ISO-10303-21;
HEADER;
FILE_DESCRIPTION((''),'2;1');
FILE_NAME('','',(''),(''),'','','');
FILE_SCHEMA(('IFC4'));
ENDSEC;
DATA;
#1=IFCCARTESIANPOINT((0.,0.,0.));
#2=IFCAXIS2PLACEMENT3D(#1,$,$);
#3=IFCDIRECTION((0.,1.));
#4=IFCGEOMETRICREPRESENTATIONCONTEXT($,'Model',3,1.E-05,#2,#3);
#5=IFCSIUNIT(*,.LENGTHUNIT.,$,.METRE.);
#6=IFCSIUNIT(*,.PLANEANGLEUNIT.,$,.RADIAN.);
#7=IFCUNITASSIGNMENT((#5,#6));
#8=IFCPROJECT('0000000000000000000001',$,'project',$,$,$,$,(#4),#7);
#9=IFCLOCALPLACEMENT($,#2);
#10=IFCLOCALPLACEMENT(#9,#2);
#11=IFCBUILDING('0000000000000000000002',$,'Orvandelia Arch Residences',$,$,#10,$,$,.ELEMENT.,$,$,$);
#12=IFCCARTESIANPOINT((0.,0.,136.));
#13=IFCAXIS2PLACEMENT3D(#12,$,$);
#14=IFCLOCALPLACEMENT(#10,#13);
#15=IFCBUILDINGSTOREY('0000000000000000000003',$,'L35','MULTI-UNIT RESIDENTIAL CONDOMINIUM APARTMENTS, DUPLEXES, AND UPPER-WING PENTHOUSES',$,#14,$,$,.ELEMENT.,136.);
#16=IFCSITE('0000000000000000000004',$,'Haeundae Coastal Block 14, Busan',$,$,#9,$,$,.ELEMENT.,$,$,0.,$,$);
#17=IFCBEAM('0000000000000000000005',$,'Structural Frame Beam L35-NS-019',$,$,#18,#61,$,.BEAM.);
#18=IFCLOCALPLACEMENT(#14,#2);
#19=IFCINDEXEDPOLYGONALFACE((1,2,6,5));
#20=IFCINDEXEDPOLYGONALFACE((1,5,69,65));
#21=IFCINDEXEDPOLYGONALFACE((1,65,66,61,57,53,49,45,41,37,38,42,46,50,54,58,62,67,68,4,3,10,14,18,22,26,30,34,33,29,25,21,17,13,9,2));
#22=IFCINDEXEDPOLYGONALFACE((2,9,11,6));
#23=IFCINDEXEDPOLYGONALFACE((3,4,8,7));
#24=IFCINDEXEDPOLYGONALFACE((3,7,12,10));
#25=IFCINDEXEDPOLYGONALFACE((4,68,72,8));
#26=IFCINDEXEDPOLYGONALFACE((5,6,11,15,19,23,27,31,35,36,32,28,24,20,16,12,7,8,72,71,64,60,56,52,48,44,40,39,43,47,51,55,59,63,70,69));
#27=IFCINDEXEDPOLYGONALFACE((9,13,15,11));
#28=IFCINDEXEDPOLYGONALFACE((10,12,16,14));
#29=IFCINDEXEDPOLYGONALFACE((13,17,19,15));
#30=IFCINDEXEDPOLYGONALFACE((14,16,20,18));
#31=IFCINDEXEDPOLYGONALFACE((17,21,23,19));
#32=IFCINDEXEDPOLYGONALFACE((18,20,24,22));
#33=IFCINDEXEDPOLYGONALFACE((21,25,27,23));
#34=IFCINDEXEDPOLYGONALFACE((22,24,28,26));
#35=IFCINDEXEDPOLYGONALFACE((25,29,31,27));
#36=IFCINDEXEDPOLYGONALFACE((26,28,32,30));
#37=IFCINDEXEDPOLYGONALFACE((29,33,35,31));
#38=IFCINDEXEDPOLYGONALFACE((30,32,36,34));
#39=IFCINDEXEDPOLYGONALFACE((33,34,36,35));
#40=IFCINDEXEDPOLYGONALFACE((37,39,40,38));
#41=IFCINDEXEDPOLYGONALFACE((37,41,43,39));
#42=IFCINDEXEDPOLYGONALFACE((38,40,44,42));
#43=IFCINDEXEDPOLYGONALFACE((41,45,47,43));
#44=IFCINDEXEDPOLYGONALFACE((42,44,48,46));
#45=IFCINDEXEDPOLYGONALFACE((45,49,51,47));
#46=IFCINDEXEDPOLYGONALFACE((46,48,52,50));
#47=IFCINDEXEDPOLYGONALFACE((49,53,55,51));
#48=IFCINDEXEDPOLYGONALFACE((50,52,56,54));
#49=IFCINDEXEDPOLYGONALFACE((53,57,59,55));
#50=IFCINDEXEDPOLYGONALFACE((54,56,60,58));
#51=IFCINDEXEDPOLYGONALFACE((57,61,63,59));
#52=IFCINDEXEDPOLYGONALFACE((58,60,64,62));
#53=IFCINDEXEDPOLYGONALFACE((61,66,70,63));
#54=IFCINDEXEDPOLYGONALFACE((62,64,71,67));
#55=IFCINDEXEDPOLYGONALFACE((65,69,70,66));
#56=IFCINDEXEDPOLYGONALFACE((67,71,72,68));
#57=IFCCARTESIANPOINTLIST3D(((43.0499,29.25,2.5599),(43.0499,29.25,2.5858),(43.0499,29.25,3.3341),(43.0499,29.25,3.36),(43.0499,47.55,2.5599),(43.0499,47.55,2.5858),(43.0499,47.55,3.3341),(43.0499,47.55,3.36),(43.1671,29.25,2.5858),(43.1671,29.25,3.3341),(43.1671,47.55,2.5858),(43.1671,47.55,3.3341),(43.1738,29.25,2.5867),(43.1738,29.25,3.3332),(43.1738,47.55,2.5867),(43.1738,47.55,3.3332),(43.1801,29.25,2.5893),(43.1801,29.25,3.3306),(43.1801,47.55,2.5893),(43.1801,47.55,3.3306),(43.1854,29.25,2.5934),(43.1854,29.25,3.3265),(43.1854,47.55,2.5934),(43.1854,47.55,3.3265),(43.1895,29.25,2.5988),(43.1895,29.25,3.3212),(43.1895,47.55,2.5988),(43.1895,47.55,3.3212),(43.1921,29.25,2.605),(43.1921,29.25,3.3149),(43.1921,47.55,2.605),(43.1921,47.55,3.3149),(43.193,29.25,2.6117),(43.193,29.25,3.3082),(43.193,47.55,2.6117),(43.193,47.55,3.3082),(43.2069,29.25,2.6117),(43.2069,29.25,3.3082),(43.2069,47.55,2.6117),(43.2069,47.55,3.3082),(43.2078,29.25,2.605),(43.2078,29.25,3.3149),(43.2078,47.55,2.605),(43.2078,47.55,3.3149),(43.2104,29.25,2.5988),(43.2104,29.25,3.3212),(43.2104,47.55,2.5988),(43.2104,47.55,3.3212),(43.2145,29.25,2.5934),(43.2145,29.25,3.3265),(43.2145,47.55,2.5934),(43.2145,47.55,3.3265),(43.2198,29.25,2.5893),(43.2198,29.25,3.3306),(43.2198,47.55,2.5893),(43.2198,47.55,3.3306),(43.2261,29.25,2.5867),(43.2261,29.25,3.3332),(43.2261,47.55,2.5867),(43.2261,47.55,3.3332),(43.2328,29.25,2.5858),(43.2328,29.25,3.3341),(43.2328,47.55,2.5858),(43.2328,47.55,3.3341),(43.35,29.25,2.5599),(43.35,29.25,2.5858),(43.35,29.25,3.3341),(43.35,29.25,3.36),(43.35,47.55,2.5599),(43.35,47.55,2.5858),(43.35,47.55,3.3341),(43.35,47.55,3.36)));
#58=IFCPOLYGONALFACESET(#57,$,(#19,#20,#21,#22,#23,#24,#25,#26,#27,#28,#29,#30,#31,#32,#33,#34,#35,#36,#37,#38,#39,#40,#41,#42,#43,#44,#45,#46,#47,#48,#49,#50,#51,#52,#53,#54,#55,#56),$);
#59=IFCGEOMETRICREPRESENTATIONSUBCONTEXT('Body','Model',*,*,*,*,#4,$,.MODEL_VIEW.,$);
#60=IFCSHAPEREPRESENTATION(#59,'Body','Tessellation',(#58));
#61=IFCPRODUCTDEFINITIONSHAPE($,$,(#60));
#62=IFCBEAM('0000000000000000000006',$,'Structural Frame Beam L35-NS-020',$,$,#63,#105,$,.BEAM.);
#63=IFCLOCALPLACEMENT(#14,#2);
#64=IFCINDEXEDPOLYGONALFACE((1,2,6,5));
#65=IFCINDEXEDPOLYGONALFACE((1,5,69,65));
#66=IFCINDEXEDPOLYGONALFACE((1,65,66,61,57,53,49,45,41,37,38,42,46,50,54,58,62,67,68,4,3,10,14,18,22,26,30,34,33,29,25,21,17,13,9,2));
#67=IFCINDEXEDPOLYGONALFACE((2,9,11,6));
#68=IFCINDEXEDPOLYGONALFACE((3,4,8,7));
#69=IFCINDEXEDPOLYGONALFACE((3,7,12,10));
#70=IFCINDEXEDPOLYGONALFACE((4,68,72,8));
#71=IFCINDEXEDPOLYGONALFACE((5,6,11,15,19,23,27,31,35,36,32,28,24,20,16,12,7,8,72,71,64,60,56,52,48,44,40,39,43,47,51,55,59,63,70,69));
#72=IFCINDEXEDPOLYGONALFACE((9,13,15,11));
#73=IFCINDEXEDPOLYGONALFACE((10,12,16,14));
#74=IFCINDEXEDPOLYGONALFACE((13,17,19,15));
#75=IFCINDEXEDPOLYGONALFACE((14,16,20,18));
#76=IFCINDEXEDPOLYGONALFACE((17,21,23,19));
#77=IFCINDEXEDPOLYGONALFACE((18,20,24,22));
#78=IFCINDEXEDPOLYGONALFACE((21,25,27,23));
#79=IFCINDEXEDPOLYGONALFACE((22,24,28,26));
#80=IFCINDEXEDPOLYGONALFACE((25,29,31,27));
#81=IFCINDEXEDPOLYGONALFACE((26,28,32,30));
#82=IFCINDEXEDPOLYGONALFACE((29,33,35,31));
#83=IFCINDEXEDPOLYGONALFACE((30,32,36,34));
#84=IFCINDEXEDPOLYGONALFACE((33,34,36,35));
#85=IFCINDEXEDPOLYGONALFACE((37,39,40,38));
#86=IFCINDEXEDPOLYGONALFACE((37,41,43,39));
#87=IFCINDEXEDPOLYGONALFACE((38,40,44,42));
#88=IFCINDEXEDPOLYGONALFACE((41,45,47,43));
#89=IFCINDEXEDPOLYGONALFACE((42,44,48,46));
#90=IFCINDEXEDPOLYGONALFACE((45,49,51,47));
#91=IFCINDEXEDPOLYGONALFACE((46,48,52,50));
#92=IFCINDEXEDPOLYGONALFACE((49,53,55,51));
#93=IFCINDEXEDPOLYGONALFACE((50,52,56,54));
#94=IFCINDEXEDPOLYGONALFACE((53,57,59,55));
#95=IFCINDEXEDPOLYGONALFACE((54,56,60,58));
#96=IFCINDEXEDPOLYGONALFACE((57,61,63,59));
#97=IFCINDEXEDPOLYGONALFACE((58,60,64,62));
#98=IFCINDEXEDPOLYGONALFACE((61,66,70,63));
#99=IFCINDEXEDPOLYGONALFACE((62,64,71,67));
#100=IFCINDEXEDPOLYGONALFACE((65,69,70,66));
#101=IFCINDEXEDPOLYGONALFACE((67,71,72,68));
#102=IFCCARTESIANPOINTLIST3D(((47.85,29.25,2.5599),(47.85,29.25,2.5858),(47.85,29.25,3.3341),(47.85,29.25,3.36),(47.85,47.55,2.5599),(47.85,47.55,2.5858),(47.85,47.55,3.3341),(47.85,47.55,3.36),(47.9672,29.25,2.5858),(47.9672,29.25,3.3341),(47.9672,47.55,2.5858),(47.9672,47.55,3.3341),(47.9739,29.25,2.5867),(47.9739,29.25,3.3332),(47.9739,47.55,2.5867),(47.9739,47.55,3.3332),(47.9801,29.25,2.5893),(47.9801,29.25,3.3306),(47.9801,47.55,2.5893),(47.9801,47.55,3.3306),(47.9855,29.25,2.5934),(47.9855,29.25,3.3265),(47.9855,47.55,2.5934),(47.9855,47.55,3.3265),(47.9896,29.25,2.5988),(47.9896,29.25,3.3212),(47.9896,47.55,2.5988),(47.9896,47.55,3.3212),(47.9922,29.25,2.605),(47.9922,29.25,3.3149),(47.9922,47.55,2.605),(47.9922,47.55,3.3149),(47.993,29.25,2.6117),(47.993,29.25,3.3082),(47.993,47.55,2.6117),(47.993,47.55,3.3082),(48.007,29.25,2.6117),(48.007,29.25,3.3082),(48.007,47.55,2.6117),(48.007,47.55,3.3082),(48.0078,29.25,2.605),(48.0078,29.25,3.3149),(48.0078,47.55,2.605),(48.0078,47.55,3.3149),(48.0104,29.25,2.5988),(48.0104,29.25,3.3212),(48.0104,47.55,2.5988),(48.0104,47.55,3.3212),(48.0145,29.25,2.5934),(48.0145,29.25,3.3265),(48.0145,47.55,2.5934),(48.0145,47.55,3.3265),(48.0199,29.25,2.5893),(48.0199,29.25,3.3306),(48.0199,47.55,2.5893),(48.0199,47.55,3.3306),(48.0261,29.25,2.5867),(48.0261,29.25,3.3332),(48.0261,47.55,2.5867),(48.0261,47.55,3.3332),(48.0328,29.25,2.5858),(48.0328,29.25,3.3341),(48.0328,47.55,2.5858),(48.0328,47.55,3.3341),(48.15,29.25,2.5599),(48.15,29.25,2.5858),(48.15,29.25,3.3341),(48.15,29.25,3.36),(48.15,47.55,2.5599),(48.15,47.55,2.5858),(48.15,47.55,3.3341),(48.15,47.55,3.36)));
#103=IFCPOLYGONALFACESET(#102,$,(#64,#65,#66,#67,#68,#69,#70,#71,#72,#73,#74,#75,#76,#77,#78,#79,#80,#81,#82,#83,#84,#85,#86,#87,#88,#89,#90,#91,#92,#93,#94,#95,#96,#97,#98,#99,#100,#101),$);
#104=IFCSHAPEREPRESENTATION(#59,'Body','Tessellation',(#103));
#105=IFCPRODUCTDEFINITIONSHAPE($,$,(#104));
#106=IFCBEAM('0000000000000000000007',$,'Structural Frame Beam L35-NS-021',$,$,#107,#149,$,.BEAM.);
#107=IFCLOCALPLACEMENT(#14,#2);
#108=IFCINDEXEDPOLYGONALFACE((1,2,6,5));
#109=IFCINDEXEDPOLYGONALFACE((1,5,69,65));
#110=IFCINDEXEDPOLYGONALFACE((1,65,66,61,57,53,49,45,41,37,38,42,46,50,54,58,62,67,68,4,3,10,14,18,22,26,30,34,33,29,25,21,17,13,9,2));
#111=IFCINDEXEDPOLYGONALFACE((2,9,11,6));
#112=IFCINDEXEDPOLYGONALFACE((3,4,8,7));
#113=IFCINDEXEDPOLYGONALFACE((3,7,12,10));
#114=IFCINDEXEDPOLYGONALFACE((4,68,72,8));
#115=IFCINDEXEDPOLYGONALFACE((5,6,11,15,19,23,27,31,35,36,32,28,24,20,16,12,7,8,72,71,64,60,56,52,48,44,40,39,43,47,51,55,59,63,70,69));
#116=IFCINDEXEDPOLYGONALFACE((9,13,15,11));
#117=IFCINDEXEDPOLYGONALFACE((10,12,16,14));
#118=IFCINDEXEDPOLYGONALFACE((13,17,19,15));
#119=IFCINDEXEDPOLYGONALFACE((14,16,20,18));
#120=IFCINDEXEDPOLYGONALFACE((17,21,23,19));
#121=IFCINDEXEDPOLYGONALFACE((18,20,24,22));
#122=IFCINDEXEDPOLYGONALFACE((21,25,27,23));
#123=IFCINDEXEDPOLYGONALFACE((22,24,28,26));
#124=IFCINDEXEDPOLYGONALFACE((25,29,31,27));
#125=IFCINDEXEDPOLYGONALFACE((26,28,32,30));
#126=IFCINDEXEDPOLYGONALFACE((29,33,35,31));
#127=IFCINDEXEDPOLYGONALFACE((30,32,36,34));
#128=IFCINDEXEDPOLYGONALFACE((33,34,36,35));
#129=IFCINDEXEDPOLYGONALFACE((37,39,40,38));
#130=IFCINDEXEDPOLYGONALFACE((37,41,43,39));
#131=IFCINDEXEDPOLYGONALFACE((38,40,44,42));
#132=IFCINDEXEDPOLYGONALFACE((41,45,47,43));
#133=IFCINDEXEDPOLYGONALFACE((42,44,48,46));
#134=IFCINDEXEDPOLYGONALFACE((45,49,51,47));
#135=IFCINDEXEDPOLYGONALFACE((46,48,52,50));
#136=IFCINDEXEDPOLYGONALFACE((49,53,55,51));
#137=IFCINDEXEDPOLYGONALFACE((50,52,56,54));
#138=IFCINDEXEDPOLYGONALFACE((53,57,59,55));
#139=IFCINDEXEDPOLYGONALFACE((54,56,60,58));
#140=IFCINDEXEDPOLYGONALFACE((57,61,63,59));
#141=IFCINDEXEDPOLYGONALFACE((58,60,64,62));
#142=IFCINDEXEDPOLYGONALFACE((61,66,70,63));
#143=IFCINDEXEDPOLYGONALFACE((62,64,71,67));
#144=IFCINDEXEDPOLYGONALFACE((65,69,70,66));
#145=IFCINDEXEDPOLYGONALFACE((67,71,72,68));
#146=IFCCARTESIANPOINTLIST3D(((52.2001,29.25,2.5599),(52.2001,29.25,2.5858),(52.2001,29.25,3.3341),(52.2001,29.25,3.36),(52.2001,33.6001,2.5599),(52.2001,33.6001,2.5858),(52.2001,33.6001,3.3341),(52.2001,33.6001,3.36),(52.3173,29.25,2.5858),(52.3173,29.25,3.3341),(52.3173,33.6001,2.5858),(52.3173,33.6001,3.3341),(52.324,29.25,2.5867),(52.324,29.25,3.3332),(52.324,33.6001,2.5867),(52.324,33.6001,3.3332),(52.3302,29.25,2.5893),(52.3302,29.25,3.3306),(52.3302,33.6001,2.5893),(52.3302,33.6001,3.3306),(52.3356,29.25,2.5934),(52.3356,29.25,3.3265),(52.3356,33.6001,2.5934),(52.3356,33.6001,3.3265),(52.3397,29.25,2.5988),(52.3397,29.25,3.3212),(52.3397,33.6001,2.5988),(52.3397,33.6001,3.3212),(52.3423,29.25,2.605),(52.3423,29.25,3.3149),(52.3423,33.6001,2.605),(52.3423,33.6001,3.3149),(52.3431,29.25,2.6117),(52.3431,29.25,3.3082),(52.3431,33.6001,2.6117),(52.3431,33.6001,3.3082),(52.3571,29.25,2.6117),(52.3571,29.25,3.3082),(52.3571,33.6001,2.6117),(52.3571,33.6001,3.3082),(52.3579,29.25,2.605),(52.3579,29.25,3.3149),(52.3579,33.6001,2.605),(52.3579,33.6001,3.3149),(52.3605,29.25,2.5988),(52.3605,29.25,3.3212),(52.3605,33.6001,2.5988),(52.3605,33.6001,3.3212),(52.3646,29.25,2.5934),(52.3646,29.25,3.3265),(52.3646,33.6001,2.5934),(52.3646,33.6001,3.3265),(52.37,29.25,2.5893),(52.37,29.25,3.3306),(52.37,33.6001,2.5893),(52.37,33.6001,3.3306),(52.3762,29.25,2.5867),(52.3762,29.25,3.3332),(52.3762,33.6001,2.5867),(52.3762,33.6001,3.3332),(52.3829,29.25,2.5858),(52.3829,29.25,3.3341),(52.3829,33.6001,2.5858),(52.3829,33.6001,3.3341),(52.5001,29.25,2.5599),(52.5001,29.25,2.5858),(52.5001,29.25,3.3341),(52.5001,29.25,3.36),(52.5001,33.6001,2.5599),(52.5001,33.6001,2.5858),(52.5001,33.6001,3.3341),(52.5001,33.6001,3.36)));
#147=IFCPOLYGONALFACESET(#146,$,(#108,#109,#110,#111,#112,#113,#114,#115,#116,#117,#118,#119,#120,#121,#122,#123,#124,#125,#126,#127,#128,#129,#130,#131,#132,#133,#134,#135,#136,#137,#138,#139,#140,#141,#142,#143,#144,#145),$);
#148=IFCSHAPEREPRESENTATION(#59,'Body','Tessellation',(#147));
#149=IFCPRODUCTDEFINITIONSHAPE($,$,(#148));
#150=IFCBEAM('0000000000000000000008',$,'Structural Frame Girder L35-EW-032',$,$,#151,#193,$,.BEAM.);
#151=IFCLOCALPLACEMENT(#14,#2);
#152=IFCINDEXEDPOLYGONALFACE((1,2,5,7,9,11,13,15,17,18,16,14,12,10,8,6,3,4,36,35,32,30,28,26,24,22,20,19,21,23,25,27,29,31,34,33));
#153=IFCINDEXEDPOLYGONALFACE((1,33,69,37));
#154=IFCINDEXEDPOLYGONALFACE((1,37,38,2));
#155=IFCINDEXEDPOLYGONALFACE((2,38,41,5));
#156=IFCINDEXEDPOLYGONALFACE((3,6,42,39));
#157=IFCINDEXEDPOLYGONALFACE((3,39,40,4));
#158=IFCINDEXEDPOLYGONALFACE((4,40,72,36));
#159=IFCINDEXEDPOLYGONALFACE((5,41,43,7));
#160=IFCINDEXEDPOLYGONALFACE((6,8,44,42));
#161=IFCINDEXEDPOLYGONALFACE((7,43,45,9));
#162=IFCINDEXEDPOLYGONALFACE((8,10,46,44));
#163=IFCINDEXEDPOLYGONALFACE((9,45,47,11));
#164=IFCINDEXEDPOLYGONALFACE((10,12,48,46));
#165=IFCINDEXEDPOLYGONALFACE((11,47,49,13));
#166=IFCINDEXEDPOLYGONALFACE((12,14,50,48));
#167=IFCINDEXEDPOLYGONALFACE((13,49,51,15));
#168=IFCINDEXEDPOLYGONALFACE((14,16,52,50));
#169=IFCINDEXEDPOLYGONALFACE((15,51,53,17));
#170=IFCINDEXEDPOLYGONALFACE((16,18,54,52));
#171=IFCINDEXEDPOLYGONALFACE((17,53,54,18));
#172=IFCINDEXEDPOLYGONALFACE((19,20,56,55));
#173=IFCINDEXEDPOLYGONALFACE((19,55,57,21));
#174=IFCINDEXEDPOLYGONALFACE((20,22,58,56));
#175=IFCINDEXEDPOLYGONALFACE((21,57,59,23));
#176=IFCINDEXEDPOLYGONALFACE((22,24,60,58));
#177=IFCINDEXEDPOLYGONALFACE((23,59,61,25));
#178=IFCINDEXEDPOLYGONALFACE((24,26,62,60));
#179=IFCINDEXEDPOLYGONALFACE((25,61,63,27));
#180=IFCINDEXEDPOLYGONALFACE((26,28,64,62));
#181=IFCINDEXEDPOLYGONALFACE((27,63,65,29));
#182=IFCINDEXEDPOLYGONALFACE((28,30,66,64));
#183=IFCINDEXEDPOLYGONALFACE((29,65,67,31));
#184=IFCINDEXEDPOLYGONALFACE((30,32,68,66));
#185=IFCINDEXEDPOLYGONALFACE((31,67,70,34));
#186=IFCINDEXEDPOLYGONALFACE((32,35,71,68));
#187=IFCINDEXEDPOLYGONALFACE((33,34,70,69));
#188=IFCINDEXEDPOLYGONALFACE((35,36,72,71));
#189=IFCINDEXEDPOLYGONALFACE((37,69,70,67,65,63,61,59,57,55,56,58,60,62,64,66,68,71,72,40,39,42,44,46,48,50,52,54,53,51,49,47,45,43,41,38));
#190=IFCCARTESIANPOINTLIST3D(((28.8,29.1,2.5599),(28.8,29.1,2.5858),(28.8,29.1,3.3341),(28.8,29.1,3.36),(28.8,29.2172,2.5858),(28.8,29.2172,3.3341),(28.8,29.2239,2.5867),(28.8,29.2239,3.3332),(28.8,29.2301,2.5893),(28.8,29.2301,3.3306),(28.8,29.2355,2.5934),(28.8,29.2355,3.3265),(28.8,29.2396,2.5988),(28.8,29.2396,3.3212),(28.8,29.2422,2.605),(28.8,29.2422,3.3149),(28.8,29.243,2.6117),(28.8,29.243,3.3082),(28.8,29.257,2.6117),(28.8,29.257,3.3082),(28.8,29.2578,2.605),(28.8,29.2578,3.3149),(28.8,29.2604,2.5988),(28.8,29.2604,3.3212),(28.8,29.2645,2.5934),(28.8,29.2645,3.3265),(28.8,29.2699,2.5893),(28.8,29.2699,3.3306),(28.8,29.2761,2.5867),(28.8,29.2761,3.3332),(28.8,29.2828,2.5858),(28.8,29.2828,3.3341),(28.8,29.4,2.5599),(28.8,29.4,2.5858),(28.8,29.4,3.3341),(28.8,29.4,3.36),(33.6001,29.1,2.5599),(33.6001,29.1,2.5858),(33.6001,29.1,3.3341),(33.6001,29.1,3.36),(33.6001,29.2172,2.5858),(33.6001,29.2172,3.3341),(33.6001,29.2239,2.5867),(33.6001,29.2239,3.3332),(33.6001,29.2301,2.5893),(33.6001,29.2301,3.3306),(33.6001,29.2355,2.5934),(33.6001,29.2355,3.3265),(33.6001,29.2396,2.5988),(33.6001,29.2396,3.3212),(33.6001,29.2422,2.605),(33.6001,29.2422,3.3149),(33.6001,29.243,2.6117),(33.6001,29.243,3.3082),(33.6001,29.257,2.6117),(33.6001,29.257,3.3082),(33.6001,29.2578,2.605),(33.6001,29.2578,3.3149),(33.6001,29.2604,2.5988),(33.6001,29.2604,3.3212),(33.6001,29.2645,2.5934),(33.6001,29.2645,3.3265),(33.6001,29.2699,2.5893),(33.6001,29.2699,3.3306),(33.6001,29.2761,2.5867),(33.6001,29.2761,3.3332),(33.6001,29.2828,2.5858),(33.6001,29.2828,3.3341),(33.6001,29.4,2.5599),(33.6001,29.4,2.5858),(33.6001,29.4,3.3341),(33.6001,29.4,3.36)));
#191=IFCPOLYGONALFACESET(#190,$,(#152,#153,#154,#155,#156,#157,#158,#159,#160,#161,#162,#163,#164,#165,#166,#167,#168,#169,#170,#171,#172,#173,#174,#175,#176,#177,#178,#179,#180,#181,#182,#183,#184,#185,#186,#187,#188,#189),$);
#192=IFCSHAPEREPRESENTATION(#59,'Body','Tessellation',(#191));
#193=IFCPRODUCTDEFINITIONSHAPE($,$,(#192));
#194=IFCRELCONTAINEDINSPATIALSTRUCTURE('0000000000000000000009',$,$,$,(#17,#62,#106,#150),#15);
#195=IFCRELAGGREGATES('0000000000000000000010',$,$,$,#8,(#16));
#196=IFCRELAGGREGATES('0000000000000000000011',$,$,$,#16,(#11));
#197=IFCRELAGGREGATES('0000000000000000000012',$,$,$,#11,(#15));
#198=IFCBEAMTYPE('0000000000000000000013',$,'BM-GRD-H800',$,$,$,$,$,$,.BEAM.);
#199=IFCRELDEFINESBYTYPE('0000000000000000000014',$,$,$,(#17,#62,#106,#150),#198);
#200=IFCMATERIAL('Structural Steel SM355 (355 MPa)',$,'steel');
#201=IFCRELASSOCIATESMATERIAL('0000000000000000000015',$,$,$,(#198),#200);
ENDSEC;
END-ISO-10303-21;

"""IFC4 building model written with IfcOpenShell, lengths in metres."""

from ifc_helpers import new_model, si_unit, direction, frame, origin, origin_2d, place, context, subcontext, project, spatial, i_section, extrude, material, material_profile, profile_set, type_object, element, save


model = new_model("IFC4")

# Units and contexts
model_context = context("Model", 3, precision=1e-05, world=origin(), true_north=direction((0.0, 1.0)))
body_context = subcontext(model_context, "Body", "Model", "MODEL_VIEW")
ifc_project = project(units=[si_unit("LENGTHUNIT", "METRE"), si_unit("PLANEANGLEUNIT", "RADIAN")], contexts=[model_context])

# Site, building, storey
site_placement = place(None, origin())
site = spatial("IfcSite", under=ifc_project, at=site_placement, Name="Haeundae Coastal Block 14, Busan", CompositionType="ELEMENT", RefElevation=0.0)
building_placement = place(site_placement, origin())
building = spatial("IfcBuilding", under=site, at=building_placement, Name="Orvandelia Arch Residences", CompositionType="ELEMENT")
storey_placement = place(building_placement, frame((0.0, 0.0, 136.0)))
storey = spatial("IfcBuildingStorey", under=building, at=storey_placement, Name="L35", Description="MULTI-UNIT RESIDENTIAL CONDOMINIUM APARTMENTS, DUPLEXES, AND UPPER-WING PENTHOUSES", CompositionType="ELEMENT", Elevation=136.0)

# Beams
ifc_material_1 = material(Name="Structural Steel SM355 (355 MPa)", Category="steel")
ifc_material_profile_1 = material_profile(ifc_material_1, i_section(OverallWidth=0.3, OverallDepth=0.8, WebThickness=0.0139, FlangeThickness=0.0259, FilletRadius=0.0259, at=origin_2d()), Name="Structural Steel SM355 (355 MPa)", Category="steel")
ifc_profile_set_1 = profile_set([ifc_material_profile_1], Name="Structural Steel SM355 (355 MPa)")
beam_type = type_object("IfcBeamType", Name="BM-GRD-H800", PredefinedType="BEAM", material=ifc_profile_set_1)
for number, where, z_axis, x_axis, name in (
    (1, (43.2, 29.25, 2.96), (0.0, 1.0, 0.0), (-1.0, 0.0, 0.0), "Structural Frame Beam L35-NS-019"),
    (2, (48.0, 29.25, 2.96), (0.0, 1.0, 0.0), (-1.0, 0.0, 0.0), "Structural Frame Beam L35-NS-020"),
):
    element("IfcBeam", number, at=place(storey_placement, frame(where, z_axis=z_axis, x_axis=x_axis)), inside=storey, type_object=beam_type, Name=name, PredefinedType="BEAM", context=body_context, shape_type="SweptSolid", body=[
        extrude(i_section(OverallWidth=0.3, OverallDepth=0.8, WebThickness=0.0139, FlangeThickness=0.0259, FilletRadius=0.0259, at=origin_2d()), origin(), (0.0, 0.0, 1.0), 18.3),
    ])
beam_1_placement = place(storey_placement, frame((52.3501, 29.25, 2.96), z_axis=(0.0, 1.0, 0.0), x_axis=(-1.0, 0.0, 0.0)))
element("IfcBeam", 3, at=beam_1_placement, inside=storey, type_object=beam_type, Name="Structural Frame Beam L35-NS-021", PredefinedType="BEAM", context=body_context, shape_type="SweptSolid", body=[
    extrude(i_section(OverallWidth=0.3, OverallDepth=0.8, WebThickness=0.0139, FlangeThickness=0.0259, FilletRadius=0.0259, at=origin_2d()), origin(), (0.0, 0.0, 1.0), 4.3501),
])
beam_2_placement = place(storey_placement, frame((28.8, 29.25, 2.96), z_axis=(1.0, 0.0, 0.0), x_axis=(0.0, 1.0, 0.0)))
element("IfcBeam", 4, at=beam_2_placement, inside=storey, type_object=beam_type, Name="Structural Frame Girder L35-EW-032", PredefinedType="BEAM", context=body_context, shape_type="SweptSolid", body=[
    extrude(i_section(OverallWidth=0.3, OverallDepth=0.8, WebThickness=0.0139, FlangeThickness=0.0259, FilletRadius=0.0259, at=origin_2d()), origin(), (0.0, 0.0, 1.0), 4.8),
])

save(model, "model.ifc")
